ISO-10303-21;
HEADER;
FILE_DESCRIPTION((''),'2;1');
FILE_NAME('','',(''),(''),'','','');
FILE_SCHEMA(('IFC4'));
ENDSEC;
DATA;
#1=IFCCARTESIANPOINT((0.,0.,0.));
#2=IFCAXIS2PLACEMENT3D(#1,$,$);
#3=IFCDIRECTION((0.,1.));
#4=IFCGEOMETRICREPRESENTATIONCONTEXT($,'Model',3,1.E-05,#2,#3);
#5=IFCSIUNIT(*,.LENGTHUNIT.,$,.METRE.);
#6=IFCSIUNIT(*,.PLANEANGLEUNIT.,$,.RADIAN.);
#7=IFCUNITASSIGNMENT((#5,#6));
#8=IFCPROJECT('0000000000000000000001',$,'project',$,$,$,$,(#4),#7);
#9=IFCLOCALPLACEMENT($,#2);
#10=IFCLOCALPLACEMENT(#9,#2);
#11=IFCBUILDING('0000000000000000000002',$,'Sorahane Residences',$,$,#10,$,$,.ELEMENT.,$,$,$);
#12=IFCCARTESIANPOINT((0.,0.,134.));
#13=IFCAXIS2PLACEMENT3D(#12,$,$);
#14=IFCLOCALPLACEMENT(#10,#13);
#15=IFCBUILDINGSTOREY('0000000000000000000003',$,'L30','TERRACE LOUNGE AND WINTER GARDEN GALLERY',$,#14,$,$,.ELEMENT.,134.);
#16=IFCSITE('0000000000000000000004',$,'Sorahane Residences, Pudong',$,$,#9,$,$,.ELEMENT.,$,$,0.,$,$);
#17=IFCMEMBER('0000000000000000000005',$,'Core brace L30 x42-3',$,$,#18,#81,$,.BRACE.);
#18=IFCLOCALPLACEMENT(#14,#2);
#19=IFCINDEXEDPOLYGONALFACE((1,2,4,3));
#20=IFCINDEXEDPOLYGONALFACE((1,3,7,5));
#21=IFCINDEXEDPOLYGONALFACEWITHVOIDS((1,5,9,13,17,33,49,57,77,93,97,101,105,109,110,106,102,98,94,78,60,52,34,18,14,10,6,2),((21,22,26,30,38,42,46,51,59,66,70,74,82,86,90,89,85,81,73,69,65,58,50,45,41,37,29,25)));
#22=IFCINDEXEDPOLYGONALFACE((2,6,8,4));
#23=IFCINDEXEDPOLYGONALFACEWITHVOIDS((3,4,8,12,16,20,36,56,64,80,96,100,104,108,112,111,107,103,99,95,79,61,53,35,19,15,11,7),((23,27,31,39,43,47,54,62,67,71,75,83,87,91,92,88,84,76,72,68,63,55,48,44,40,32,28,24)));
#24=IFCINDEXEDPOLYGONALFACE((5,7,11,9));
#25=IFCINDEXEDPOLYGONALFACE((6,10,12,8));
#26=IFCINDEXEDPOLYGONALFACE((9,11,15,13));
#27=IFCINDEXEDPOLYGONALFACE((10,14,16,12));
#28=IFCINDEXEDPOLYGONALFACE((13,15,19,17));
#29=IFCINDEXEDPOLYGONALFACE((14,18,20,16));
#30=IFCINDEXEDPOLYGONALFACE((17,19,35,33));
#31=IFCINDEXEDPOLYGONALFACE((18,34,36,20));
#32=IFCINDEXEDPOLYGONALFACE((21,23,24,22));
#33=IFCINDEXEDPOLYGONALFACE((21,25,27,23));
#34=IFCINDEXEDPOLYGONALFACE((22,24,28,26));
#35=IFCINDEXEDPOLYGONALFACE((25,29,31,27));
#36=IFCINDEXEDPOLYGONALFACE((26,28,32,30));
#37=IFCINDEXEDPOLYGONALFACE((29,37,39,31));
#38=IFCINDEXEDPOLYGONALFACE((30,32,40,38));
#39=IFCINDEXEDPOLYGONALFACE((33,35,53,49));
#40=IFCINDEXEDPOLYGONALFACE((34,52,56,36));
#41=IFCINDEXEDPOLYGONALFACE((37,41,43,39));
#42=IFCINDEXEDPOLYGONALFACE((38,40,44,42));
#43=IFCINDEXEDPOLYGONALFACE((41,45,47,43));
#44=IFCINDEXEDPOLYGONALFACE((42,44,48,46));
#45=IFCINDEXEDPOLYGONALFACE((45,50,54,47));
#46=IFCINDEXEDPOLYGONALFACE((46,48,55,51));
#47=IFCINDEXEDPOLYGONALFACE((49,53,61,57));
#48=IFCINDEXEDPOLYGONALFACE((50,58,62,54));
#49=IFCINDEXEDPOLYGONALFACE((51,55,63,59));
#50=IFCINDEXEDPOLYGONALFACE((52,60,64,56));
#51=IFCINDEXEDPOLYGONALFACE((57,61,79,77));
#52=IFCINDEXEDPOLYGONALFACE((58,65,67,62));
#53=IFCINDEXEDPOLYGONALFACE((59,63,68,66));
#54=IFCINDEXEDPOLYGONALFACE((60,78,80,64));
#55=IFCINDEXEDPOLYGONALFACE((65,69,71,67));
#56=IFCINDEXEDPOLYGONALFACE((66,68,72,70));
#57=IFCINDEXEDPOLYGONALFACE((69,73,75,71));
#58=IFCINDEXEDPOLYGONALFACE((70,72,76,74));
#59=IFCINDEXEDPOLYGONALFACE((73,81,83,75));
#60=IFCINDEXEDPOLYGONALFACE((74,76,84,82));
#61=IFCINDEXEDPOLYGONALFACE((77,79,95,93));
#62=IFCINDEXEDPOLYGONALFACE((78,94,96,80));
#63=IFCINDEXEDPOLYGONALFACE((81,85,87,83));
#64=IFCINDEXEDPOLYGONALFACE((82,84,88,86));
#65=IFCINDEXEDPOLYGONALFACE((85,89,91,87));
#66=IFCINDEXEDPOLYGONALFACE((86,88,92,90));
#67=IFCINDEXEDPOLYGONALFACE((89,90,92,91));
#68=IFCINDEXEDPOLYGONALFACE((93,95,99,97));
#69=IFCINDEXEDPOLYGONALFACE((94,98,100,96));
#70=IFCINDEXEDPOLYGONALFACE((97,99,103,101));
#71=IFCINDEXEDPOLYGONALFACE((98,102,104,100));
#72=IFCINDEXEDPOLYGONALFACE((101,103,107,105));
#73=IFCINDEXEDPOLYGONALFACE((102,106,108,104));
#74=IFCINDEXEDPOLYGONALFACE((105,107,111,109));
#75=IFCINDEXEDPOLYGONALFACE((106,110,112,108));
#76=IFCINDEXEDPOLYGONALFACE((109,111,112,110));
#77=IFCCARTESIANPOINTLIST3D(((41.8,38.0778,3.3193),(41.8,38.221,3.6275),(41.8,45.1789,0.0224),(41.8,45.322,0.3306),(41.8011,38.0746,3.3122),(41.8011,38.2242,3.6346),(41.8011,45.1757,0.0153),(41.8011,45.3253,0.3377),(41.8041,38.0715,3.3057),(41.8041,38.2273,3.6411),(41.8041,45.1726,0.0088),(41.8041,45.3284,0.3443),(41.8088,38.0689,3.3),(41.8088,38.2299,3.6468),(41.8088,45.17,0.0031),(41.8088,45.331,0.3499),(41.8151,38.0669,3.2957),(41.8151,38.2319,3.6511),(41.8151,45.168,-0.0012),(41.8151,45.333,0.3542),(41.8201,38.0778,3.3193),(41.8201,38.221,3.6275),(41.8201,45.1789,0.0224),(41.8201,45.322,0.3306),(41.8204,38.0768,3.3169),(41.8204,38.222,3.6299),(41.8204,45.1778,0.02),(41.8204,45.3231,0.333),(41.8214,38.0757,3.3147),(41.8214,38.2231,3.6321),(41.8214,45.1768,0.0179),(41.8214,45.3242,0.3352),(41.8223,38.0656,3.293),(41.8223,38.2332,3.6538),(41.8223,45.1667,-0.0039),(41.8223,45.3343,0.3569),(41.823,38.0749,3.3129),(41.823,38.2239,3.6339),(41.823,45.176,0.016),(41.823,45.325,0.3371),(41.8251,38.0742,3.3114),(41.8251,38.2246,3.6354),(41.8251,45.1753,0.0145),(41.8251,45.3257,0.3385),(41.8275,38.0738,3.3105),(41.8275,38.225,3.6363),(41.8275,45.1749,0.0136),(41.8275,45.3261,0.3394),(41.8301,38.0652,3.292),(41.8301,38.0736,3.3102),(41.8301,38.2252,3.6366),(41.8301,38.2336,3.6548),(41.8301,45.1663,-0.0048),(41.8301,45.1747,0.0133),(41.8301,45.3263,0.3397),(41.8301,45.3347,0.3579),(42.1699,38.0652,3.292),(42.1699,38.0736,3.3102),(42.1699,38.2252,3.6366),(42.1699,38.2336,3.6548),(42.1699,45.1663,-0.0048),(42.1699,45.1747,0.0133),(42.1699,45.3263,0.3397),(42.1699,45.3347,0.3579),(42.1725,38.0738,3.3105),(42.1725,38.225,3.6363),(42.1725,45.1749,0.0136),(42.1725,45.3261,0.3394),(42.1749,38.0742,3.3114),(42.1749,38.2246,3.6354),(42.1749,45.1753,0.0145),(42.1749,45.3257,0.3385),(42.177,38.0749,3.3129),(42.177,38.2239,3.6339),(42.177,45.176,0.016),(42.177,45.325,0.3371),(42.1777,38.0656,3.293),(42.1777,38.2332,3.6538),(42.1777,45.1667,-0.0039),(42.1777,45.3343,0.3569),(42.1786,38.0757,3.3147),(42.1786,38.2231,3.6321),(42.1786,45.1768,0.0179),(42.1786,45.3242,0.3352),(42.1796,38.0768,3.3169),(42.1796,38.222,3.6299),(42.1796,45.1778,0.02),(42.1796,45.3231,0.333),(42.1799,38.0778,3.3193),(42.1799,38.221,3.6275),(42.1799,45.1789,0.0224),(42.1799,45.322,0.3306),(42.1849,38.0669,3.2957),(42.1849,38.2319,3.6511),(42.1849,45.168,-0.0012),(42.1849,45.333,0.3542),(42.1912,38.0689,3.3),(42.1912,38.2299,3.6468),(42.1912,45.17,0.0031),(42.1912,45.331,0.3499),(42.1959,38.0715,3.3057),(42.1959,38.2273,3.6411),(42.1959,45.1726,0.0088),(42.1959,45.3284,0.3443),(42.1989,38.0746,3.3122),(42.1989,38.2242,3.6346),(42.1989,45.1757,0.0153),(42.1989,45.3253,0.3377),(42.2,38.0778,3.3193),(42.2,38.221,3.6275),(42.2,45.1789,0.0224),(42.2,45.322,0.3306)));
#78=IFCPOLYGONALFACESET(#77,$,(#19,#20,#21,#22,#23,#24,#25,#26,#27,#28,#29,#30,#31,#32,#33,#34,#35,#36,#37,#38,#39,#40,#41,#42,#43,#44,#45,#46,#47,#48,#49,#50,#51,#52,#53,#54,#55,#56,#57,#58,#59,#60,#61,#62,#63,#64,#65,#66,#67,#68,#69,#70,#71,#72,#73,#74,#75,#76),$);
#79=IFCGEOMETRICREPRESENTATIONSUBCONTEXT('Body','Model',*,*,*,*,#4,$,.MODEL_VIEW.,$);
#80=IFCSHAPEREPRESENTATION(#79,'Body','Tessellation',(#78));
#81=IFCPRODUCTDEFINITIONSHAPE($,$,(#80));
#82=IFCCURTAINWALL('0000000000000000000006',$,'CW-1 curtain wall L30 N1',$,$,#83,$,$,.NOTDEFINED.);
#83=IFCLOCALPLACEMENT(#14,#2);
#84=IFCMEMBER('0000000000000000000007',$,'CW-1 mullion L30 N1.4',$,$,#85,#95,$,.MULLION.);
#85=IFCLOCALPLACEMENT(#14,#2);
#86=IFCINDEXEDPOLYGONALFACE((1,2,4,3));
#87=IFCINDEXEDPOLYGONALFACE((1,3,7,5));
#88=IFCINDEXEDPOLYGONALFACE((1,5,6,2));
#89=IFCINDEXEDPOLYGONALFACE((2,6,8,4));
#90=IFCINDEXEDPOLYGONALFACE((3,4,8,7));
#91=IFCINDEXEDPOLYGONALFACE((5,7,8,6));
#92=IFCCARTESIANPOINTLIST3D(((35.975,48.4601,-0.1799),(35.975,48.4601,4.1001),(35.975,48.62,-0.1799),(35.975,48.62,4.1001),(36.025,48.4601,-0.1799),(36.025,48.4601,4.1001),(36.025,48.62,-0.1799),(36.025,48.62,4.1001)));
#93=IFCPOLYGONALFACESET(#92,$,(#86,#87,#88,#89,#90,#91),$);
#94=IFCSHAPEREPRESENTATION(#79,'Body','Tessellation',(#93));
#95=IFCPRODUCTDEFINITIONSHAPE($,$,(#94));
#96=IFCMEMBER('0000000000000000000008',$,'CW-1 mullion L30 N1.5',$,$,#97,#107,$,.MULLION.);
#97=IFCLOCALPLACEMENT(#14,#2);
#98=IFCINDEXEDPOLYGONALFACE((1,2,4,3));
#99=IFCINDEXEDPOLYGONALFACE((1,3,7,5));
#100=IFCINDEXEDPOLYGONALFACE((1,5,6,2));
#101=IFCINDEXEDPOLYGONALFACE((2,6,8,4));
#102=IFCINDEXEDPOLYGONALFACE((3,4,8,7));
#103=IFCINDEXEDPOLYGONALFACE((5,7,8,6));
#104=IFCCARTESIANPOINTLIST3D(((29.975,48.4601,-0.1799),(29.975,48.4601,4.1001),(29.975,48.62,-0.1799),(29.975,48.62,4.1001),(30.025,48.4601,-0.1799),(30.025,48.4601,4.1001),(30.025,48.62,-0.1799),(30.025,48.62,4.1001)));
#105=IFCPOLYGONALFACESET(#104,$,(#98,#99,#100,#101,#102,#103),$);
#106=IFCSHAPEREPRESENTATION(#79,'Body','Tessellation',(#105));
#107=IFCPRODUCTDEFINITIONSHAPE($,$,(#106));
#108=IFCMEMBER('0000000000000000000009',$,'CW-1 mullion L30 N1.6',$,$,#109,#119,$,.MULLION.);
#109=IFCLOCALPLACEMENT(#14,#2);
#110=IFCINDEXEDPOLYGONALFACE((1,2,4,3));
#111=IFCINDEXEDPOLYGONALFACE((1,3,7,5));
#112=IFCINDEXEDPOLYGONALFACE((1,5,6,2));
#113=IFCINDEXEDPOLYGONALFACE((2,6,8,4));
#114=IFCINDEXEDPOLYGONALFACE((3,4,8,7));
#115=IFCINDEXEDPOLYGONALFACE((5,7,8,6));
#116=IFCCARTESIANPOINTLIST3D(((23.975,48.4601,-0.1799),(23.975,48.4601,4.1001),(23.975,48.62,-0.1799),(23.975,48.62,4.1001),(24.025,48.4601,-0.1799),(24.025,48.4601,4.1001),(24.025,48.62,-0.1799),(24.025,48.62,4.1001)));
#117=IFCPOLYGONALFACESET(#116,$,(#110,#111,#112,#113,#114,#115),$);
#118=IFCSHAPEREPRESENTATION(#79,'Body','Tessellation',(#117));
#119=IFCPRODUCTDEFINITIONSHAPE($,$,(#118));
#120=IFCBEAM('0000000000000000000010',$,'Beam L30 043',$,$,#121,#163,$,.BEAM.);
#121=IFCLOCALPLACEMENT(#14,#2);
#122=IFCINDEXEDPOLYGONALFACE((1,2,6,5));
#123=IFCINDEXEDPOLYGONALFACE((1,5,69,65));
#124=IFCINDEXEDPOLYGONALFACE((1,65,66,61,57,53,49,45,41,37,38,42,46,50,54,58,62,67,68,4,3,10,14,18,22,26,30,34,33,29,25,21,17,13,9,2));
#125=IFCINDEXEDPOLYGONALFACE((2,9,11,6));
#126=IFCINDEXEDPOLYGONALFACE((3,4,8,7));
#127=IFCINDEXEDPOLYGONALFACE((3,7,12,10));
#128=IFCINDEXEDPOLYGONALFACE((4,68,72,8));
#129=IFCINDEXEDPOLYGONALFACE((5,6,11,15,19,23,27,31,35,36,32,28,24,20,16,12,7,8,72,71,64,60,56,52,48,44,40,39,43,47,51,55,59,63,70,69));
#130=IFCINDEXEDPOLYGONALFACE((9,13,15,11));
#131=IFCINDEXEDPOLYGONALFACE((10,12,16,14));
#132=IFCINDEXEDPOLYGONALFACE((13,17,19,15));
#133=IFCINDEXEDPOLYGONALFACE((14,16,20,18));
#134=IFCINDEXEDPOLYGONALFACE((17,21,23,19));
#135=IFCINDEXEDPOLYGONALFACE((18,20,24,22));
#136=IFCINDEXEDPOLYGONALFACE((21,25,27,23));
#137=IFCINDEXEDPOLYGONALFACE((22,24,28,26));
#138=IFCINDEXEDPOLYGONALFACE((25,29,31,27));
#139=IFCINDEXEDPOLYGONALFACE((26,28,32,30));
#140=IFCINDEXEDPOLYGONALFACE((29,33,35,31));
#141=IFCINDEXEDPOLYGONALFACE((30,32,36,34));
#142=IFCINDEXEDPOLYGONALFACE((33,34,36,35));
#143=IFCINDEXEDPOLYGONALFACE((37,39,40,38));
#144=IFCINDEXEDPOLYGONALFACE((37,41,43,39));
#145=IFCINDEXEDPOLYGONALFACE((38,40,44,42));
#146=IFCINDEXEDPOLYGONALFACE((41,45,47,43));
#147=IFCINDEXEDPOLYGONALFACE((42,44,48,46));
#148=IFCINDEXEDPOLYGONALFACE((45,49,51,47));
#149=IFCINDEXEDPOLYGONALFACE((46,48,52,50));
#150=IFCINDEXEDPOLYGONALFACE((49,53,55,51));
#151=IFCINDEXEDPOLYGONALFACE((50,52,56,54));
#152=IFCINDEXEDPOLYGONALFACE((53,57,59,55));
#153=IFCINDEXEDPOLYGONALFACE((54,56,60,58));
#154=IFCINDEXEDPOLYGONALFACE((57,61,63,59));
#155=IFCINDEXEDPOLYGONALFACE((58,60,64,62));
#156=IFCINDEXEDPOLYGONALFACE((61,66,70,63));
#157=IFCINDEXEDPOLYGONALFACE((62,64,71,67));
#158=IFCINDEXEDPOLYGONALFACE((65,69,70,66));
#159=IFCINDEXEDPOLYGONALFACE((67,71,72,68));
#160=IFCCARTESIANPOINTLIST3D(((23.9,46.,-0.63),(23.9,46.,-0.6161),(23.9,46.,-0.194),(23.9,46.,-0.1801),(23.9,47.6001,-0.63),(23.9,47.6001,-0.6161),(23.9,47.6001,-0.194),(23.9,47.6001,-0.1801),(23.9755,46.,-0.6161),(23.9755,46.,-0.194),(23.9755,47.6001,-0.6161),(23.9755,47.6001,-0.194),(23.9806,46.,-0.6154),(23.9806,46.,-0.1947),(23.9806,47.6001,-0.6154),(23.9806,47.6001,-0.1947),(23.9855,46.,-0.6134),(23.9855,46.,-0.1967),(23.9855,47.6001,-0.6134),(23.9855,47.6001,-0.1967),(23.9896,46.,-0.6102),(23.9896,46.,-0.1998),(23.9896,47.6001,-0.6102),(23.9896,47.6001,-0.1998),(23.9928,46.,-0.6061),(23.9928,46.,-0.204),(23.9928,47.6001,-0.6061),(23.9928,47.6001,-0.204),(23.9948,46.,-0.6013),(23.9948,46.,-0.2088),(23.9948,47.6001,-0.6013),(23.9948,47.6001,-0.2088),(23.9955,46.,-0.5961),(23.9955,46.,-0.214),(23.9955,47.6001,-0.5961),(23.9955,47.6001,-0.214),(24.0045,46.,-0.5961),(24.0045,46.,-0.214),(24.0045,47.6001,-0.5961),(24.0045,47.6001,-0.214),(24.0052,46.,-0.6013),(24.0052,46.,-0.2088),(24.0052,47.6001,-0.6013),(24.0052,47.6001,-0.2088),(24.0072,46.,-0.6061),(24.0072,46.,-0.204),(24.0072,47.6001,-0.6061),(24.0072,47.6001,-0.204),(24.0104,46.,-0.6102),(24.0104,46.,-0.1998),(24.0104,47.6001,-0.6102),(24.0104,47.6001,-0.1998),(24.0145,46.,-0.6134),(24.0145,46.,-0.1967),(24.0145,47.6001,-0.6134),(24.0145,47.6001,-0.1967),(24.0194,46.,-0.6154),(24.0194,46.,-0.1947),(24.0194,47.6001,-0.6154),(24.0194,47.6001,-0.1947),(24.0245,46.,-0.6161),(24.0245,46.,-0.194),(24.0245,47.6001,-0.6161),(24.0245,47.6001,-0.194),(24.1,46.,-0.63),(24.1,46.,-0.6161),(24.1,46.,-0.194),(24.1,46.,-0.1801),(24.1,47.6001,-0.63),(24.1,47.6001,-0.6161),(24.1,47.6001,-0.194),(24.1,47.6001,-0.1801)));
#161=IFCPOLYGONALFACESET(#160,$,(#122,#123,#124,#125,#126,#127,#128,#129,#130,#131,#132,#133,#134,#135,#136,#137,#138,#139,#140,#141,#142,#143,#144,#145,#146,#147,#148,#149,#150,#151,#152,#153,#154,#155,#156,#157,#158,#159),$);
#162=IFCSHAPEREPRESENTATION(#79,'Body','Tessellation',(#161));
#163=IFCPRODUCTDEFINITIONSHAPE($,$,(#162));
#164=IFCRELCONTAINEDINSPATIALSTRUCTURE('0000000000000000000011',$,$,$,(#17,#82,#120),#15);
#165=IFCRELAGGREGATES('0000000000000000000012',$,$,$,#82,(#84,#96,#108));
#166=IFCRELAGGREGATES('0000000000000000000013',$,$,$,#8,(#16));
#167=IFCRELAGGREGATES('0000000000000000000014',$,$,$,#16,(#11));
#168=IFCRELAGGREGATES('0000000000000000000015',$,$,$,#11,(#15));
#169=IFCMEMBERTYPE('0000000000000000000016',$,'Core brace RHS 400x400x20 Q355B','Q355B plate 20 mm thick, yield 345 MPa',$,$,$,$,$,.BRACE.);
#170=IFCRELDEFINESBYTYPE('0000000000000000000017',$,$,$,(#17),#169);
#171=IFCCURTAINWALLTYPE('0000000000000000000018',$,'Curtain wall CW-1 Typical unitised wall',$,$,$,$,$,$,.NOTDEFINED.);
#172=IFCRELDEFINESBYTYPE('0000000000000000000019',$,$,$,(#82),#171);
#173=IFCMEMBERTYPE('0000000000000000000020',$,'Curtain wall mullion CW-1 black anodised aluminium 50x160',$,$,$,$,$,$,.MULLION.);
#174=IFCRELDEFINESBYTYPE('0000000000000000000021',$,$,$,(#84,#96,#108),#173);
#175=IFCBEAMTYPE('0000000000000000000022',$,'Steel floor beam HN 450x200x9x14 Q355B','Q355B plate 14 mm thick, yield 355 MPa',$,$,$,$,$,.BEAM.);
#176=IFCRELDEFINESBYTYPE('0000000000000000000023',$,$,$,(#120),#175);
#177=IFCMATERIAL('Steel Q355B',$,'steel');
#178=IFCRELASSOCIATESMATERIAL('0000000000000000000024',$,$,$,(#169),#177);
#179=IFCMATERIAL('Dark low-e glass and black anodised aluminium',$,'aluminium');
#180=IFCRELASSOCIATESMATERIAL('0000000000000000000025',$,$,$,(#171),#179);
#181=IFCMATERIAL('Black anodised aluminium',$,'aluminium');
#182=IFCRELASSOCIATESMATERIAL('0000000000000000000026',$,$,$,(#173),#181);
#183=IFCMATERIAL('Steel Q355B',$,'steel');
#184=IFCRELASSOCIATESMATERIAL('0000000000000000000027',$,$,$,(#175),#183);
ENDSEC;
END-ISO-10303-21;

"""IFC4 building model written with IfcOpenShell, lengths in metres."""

from ifc_helpers import new_model, si_unit, direction, frame, origin, origin_2d, place, context, subcontext, project, spatial, rectangle, hollow_rectangle, i_section, extrude, material, material_profile, profile_set, type_object, element, aggregate, save


model = new_model("IFC4")

# Units and contexts
model_context = context("Model", 3, precision=1e-05, world=origin(), true_north=direction((0.0, 1.0)))
body_context = subcontext(model_context, "Body", "Model", "MODEL_VIEW")
ifc_project = project(units=[si_unit("LENGTHUNIT", "METRE"), si_unit("PLANEANGLEUNIT", "RADIAN")], contexts=[model_context])

# Site, building, storey
site_placement = place(None, origin())
site = spatial("IfcSite", under=ifc_project, at=site_placement, Name="Sorahane Residences, Pudong", CompositionType="ELEMENT", RefElevation=0.0)
building_placement = place(site_placement, origin())
building = spatial("IfcBuilding", under=site, at=building_placement, Name="Sorahane Residences", CompositionType="ELEMENT")
storey_placement = place(building_placement, frame((0.0, 0.0, 134.0)))
storey = spatial("IfcBuildingStorey", under=building, at=storey_placement, Name="L30", Description="TERRACE LOUNGE AND WINTER GARDEN GALLERY", CompositionType="ELEMENT", Elevation=134.0)

# Member
ifc_material_1 = material(Name="Steel Q355B", Category="steel")
ifc_material_profile_1 = material_profile(ifc_material_1, hollow_rectangle(XDim=0.3999, YDim=0.3999, WallThickness=0.02, InnerFilletRadius=0.01, OuterFilletRadius=0.03, at=origin_2d()), Name="RHS 400x400x20")
ifc_profile_set_1 = profile_set([ifc_material_profile_1], Name="Steel Q355B")
member_type_1 = type_object("IfcMemberType", Name="Core brace RHS 400x400x20 Q355B", Description="Q355B plate 20 mm thick, yield 345 MPa", PredefinedType="BRACE", material=ifc_profile_set_1)
member_1_placement = place(storey_placement, frame((42.0, 45.2505, 0.1765), z_axis=(0.0, -0.907012, 0.421106), x_axis=(1.0, 0.0, 0.0)))
element("IfcMember", 1, at=member_1_placement, inside=storey, type_object=member_type_1, Name="Core brace L30 x42-3", PredefinedType="BRACE", context=body_context, shape_type="SweptSolid", body=[
    extrude(hollow_rectangle(XDim=0.3999, YDim=0.3999, WallThickness=0.02, InnerFilletRadius=0.01, OuterFilletRadius=0.03, at=origin_2d()), origin(), (0.0, 0.0, 1.0), 7.8291),
])

# Curtain wall, members
ifc_material_2 = material(Name="Dark low-e glass and black anodised aluminium", Category="aluminium")
curtain_wall_type = type_object("IfcCurtainWallType", Name="Curtain wall CW-1 Typical unitised wall", PredefinedType="NOTDEFINED", material=ifc_material_2)
curtain_wall_placement = place(storey_placement, origin())
curtain_wall = element("IfcCurtainWall", 2, at=curtain_wall_placement, inside=storey, type_object=curtain_wall_type, Name="CW-1 curtain wall L30 N1", PredefinedType="NOTDEFINED")
ifc_material_3 = material(Name="Black anodised aluminium", Category="aluminium")
ifc_material_profile_2 = material_profile(ifc_material_3, rectangle(XDim=0.1599, YDim=0.05, at=origin_2d()), Name="Curtain wall mullion CW-1 black anodised aluminium 50x160")
ifc_profile_set_2 = profile_set([ifc_material_profile_2], Name="Black anodised aluminium")
member_type_2 = type_object("IfcMemberType", Name="Curtain wall mullion CW-1 black anodised aluminium 50x160", PredefinedType="MULLION", material=ifc_profile_set_2)
member_2_placement = place(storey_placement, frame((36.0, 48.54, -0.1799), z_axis=(0.0, 0.0, 1.0), x_axis=(0.0, 1.0, 0.0)))
member_2 = element("IfcMember", 3, at=member_2_placement, type_object=member_type_2, Name="CW-1 mullion L30 N1.4", PredefinedType="MULLION", context=body_context, shape_type="SweptSolid", body=[
    extrude(rectangle(XDim=0.1599, YDim=0.05, at=origin_2d()), origin(), (0.0, 0.0, 1.0), 4.28),
])
member_3_placement = place(storey_placement, frame((30.0, 48.54, -0.1799), z_axis=(0.0, 0.0, 1.0), x_axis=(0.0, 1.0, 0.0)))
member_3 = element("IfcMember", 4, at=member_3_placement, type_object=member_type_2, Name="CW-1 mullion L30 N1.5", PredefinedType="MULLION", context=body_context, shape_type="SweptSolid", body=[
    extrude(rectangle(XDim=0.1599, YDim=0.05, at=origin_2d()), origin(), (0.0, 0.0, 1.0), 4.28),
])
member_4_placement = place(storey_placement, frame((24.0, 48.54, -0.1799), z_axis=(0.0, 0.0, 1.0), x_axis=(0.0, 1.0, 0.0)))
member_4 = element("IfcMember", 5, at=member_4_placement, type_object=member_type_2, Name="CW-1 mullion L30 N1.6", PredefinedType="MULLION", context=body_context, shape_type="SweptSolid", body=[
    extrude(rectangle(XDim=0.1599, YDim=0.05, at=origin_2d()), origin(), (0.0, 0.0, 1.0), 4.28),
])

# Beam
ifc_material_4 = material(Name="Steel Q355B", Category="steel")
ifc_material_profile_3 = material_profile(ifc_material_4, i_section(OverallWidth=0.2, OverallDepth=0.45, WebThickness=0.009, FlangeThickness=0.0139, FilletRadius=0.02, at=origin_2d()), Name="HN 450x200x9x14")
ifc_profile_set_3 = profile_set([ifc_material_profile_3], Name="Steel Q355B")
beam_type_1 = type_object("IfcBeamType", Name="Steel floor beam HN 450x200x9x14 Q355B", Description="Q355B plate 14 mm thick, yield 355 MPa", PredefinedType="BEAM", material=ifc_profile_set_3)
beam_1_placement = place(storey_placement, frame((24.0, 46.0, -0.405), z_axis=(0.0, 1.0, 0.0), x_axis=(-1.0, 0.0, 0.0)))
element("IfcBeam", 6, at=beam_1_placement, inside=storey, type_object=beam_type_1, Name="Beam L30 043", PredefinedType="BEAM", context=body_context, shape_type="SweptSolid", body=[
    extrude(i_section(OverallWidth=0.2, OverallDepth=0.45, WebThickness=0.009, FlangeThickness=0.0139, FilletRadius=0.02, at=origin_2d()), origin(), (0.0, 0.0, 1.0), 1.6001),
])

aggregate(curtain_wall, [member_2, member_3, member_4])

save(model, "model.ifc")
